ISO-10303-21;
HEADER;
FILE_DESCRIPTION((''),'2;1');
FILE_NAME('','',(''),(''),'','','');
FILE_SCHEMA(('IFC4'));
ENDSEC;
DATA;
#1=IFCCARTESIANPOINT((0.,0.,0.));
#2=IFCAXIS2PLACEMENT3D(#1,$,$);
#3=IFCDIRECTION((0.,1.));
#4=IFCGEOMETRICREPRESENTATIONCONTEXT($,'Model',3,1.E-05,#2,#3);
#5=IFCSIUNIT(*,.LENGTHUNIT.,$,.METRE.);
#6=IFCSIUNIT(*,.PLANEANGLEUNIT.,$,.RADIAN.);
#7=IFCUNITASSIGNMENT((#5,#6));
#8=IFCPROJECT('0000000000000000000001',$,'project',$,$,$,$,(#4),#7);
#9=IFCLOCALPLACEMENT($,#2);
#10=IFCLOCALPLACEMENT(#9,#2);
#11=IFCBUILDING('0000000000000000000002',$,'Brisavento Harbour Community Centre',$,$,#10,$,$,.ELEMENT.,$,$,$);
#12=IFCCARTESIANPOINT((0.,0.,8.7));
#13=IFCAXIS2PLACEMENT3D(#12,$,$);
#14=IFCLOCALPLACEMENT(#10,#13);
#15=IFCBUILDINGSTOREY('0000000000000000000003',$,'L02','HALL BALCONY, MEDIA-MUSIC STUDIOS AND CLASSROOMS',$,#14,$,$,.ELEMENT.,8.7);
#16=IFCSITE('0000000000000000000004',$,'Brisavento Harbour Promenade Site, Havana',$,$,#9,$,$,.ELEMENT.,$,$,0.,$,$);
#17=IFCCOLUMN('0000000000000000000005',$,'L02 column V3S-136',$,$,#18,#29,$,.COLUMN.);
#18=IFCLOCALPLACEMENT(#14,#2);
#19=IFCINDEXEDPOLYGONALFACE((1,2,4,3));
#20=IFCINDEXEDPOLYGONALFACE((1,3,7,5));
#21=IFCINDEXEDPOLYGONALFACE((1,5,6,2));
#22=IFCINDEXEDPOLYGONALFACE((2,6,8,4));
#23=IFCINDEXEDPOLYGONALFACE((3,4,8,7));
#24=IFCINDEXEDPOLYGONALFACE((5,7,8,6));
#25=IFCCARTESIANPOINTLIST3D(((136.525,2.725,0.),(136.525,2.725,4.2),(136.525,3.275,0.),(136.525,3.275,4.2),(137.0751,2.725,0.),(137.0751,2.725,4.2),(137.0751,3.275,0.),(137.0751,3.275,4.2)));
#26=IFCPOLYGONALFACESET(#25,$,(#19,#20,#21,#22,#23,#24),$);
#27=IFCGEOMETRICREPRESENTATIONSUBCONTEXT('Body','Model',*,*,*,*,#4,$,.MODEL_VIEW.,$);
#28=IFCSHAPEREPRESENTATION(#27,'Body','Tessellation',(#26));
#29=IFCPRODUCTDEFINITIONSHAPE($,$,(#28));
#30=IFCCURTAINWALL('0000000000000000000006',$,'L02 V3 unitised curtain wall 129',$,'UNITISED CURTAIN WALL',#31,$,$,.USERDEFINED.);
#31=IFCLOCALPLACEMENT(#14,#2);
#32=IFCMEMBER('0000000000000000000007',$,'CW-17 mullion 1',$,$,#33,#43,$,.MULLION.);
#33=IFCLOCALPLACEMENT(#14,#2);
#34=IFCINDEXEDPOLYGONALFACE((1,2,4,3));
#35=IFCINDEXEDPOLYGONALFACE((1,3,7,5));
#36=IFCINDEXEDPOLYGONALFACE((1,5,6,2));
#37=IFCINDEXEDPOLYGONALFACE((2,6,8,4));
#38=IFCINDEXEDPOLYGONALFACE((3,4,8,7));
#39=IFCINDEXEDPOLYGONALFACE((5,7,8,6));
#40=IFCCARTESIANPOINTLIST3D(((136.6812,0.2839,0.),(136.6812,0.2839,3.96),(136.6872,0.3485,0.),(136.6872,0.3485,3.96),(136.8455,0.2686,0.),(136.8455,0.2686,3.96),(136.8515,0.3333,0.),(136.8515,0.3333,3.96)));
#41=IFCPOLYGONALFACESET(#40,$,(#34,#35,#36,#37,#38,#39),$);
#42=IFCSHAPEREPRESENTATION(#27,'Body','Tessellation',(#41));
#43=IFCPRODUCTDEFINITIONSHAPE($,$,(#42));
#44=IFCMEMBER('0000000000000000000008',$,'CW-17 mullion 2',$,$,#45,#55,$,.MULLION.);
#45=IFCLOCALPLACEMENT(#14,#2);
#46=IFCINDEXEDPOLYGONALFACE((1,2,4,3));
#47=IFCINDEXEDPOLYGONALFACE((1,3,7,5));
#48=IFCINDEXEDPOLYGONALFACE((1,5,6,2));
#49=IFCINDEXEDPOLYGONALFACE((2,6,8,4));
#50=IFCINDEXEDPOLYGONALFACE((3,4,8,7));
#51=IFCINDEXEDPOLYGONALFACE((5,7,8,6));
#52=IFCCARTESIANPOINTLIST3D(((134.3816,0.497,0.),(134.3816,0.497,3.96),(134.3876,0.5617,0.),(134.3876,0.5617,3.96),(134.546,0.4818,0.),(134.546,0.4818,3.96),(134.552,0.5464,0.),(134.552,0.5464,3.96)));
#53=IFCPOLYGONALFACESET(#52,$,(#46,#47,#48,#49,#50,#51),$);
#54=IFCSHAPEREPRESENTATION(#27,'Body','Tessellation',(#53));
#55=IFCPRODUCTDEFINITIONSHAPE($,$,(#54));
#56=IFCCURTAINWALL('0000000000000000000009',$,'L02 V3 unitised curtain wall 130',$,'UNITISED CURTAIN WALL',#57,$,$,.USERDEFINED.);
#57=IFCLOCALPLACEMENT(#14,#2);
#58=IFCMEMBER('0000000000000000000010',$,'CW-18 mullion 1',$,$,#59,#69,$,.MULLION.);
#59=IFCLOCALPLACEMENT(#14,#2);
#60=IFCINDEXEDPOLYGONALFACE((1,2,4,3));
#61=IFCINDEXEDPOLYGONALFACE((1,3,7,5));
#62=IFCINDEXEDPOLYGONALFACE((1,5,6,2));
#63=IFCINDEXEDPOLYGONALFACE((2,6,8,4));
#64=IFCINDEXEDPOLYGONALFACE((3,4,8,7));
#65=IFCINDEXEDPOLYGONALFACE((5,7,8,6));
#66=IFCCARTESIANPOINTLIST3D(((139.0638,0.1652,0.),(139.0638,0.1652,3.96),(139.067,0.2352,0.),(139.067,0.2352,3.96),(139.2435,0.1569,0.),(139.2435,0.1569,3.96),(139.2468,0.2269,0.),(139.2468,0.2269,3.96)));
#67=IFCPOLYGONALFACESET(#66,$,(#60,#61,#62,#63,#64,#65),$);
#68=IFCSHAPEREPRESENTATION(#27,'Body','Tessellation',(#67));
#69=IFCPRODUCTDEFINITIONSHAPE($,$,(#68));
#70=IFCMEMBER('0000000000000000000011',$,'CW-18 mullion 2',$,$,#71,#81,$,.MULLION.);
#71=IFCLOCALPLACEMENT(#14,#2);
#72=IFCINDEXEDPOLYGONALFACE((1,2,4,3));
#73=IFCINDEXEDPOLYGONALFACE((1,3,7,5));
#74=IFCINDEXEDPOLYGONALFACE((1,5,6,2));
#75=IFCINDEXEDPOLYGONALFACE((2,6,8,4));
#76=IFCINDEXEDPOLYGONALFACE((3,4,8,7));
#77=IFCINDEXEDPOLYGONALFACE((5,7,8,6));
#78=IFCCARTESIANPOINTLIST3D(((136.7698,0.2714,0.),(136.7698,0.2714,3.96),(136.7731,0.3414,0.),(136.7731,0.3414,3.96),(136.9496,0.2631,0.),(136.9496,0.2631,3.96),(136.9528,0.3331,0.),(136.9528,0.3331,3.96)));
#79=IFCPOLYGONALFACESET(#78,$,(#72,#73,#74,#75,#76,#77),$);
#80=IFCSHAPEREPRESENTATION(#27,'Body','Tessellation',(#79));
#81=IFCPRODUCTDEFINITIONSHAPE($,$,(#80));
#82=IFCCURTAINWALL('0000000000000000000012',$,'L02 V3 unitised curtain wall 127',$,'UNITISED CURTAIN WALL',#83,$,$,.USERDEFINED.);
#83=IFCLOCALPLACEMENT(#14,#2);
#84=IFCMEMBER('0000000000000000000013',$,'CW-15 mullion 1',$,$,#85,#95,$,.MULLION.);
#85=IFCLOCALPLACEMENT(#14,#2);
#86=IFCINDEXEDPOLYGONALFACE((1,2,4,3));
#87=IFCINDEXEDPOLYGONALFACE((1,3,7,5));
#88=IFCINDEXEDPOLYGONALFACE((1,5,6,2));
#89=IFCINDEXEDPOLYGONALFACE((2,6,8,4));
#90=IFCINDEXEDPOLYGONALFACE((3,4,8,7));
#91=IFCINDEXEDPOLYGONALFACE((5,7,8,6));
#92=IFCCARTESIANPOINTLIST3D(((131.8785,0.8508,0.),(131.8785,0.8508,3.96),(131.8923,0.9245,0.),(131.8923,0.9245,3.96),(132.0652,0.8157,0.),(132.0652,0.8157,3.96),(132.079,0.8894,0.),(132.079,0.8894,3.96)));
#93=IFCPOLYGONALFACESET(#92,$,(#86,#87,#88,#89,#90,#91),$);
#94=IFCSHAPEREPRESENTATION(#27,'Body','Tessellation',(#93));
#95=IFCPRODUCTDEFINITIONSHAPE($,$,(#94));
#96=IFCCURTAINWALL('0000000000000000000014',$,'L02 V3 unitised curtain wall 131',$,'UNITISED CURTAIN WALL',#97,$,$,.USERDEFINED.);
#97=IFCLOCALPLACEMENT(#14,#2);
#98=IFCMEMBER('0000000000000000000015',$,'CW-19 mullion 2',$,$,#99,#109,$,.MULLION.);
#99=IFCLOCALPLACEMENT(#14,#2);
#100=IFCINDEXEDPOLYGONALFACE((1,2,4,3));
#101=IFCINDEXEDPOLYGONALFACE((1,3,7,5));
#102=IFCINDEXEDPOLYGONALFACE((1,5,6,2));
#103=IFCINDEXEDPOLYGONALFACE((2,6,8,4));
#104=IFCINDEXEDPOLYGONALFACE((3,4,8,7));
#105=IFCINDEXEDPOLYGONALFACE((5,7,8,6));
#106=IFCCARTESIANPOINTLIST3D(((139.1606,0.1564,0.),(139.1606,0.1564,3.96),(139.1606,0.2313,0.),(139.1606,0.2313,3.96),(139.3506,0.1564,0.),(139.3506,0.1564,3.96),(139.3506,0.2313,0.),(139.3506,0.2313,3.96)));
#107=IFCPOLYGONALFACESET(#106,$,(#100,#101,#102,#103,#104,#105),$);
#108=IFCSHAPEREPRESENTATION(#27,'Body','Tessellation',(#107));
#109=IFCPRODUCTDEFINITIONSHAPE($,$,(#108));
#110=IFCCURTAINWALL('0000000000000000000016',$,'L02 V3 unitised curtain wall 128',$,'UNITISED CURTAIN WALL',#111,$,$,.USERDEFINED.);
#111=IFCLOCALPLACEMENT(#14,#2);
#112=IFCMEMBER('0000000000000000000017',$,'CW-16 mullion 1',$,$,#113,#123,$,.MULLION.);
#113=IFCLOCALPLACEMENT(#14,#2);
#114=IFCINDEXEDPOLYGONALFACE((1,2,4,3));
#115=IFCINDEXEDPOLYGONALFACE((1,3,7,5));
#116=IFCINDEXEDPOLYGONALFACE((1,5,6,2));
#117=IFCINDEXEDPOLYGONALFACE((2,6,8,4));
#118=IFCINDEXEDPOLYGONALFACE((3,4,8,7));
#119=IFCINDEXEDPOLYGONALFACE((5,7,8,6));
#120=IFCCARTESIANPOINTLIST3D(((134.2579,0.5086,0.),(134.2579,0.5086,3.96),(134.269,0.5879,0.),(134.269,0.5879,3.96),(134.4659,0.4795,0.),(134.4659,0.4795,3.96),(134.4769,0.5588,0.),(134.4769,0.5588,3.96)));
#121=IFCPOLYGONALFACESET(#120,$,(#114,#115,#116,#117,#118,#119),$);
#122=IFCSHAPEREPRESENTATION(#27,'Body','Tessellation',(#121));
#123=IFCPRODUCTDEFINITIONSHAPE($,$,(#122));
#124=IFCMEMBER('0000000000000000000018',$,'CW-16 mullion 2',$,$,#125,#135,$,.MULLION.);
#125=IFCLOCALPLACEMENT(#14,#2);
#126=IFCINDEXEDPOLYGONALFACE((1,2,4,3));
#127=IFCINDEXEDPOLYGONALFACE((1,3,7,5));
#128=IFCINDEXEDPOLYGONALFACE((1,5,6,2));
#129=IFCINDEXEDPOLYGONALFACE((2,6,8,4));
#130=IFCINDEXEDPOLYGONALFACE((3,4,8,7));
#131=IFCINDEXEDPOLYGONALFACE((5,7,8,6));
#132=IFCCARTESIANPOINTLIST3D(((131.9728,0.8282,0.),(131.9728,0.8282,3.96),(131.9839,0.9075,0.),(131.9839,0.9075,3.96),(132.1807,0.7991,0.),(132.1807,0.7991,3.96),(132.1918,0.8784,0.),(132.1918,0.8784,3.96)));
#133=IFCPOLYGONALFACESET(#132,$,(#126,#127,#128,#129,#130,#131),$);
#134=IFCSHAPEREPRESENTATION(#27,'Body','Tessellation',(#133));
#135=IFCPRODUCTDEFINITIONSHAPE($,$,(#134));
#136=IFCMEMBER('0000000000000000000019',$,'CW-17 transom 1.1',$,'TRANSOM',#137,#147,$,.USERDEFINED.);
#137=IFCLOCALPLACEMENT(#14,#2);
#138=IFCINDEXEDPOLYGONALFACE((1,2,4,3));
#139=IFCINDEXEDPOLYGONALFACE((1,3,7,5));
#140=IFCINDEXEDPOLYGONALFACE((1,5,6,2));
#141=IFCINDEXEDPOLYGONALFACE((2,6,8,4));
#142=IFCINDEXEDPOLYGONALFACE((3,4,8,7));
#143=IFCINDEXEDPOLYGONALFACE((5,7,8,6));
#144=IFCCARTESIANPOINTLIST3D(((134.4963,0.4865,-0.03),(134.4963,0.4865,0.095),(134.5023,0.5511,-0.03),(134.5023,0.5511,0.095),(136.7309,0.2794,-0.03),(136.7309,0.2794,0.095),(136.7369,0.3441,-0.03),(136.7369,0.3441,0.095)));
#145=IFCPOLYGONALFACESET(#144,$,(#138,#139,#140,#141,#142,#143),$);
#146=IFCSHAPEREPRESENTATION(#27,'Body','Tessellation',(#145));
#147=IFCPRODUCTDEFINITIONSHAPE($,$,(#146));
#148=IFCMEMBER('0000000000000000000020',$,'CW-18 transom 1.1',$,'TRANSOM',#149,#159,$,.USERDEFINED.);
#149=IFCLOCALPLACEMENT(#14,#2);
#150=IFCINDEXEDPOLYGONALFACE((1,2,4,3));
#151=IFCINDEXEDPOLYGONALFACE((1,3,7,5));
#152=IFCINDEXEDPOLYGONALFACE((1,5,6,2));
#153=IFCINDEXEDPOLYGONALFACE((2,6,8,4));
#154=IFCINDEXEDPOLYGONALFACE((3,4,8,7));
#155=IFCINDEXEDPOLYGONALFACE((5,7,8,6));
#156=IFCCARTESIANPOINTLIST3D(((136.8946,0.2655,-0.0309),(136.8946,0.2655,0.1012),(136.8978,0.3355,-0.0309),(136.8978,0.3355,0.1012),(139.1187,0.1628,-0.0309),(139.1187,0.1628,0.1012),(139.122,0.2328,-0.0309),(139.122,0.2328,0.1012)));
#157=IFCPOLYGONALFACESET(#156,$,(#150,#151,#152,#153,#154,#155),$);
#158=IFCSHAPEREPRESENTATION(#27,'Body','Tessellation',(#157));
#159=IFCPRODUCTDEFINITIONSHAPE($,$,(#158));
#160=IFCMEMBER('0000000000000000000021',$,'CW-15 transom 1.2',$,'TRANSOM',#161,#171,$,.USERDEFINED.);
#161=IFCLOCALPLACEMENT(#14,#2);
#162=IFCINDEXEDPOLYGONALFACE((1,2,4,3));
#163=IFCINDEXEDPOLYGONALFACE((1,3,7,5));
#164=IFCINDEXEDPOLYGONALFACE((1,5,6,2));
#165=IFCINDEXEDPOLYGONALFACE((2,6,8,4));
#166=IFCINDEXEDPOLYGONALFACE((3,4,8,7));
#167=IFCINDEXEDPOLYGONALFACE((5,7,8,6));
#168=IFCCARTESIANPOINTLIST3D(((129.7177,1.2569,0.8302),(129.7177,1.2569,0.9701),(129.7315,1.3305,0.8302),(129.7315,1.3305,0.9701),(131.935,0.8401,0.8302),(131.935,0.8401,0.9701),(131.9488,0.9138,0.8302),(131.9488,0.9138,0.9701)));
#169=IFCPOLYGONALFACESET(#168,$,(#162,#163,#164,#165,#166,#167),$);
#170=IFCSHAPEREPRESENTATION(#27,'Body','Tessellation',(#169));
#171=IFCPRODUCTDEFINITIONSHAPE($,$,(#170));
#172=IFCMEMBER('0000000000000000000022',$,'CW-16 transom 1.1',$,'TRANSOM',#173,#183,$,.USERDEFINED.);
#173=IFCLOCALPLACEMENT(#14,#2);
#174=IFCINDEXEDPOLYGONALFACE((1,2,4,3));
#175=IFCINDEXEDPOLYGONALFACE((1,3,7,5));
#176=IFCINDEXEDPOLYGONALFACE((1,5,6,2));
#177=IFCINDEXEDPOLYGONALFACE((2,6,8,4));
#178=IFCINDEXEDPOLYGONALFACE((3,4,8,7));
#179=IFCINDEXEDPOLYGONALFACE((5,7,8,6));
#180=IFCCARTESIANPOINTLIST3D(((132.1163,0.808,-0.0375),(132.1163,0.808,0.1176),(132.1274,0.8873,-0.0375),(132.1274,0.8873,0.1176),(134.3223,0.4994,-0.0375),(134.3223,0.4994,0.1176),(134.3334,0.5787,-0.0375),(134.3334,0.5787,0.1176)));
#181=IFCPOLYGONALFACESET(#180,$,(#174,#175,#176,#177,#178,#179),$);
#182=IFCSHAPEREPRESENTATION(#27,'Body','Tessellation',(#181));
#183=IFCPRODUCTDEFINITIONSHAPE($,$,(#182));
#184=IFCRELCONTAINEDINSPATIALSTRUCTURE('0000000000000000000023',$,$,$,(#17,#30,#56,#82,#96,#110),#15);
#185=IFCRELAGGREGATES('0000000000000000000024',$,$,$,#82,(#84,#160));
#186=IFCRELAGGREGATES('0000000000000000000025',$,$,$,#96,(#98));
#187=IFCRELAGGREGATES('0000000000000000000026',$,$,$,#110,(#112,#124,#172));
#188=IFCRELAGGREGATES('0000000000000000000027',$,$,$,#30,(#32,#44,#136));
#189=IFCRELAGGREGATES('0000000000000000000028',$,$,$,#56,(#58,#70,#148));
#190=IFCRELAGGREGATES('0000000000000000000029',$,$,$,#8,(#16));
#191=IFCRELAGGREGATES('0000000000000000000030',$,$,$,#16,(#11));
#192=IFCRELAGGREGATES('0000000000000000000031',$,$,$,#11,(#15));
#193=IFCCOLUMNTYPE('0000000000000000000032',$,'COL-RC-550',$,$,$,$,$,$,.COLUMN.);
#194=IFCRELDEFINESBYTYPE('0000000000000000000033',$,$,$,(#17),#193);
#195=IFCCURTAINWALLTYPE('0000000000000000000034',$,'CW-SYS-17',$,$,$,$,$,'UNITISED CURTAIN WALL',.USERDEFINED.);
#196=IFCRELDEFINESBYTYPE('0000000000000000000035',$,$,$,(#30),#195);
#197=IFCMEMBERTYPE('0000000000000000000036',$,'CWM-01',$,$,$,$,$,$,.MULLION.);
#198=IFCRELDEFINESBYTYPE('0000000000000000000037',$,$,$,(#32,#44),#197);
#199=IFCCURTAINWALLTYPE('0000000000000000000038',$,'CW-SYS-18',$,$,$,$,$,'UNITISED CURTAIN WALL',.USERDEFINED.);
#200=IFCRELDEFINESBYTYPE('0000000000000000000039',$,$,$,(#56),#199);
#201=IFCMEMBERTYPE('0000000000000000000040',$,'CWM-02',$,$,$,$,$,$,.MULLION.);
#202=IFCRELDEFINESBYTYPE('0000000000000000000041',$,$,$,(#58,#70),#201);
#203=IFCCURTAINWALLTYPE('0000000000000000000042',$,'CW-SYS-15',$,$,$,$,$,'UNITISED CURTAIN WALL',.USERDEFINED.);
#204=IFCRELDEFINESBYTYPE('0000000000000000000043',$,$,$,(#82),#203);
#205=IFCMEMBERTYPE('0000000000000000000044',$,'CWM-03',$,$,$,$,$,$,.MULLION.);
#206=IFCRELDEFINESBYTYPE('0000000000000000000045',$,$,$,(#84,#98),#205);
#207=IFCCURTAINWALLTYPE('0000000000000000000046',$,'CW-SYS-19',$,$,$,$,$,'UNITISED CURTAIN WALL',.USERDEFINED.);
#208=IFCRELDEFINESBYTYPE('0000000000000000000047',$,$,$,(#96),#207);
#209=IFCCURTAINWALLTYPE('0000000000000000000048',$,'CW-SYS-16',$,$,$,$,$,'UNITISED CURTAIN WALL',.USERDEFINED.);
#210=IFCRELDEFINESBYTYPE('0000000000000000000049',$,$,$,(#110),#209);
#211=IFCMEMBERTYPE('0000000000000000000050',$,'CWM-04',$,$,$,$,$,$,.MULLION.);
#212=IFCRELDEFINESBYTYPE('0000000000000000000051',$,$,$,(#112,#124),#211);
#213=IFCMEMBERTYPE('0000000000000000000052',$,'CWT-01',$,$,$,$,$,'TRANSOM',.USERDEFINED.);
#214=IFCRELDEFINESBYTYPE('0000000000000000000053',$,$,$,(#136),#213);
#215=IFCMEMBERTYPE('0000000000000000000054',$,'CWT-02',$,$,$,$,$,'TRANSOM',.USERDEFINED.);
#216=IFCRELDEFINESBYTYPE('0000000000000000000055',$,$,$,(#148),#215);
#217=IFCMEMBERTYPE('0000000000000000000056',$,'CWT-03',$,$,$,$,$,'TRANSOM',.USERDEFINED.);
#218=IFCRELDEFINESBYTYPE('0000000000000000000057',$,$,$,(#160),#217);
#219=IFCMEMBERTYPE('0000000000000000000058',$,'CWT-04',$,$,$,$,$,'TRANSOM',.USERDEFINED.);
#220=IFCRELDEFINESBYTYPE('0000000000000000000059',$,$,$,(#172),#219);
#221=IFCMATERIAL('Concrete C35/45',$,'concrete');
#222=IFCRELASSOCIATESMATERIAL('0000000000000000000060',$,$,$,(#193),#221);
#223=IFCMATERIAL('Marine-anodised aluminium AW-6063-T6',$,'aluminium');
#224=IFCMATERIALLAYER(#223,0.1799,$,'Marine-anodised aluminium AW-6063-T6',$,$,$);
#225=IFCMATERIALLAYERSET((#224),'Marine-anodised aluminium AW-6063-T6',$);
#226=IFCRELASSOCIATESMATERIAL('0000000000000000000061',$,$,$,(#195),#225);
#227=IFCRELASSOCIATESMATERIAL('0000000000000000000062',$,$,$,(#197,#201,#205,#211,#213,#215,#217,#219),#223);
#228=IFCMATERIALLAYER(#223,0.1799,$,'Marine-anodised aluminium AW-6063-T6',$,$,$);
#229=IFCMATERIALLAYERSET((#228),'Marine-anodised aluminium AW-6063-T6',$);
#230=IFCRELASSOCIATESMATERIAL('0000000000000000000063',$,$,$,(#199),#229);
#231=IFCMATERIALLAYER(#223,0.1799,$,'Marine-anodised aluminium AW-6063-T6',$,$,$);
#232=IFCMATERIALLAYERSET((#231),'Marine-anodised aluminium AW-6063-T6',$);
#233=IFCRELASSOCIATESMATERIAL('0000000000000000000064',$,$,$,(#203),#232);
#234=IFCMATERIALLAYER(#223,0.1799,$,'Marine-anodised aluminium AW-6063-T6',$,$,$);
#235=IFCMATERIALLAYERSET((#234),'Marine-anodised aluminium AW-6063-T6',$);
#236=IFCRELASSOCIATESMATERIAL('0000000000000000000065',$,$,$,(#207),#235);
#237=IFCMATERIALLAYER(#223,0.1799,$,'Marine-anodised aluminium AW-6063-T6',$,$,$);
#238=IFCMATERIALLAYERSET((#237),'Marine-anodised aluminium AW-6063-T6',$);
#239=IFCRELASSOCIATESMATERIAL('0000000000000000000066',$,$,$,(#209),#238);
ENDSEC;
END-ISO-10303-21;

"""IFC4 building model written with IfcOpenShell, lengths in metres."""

from ifc_helpers import new_model, si_unit, direction, frame, origin, origin_2d, place, context, subcontext, project, spatial, rectangle, extrude, material, layer, layer_set, material_profile, profile_set, type_object, element, aggregate, save


model = new_model("IFC4")

# Units and contexts
model_context = context("Model", 3, precision=1e-05, world=origin(), true_north=direction((0.0, 1.0)))
body_context = subcontext(model_context, "Body", "Model", "MODEL_VIEW")
ifc_project = project(units=[si_unit("LENGTHUNIT", "METRE"), si_unit("PLANEANGLEUNIT", "RADIAN")], contexts=[model_context])

# Site, building, storey
site_placement = place(None, origin())
site = spatial("IfcSite", under=ifc_project, at=site_placement, Name="Brisavento Harbour Promenade Site, Havana", CompositionType="ELEMENT", RefElevation=0.0)
building_placement = place(site_placement, origin())
building = spatial("IfcBuilding", under=site, at=building_placement, Name="Brisavento Harbour Community Centre", CompositionType="ELEMENT")
storey_placement = place(building_placement, frame((0.0, 0.0, 8.7)))
storey = spatial("IfcBuildingStorey", under=building, at=storey_placement, Name="L02", Description="HALL BALCONY, MEDIA-MUSIC STUDIOS AND CLASSROOMS", CompositionType="ELEMENT", Elevation=8.7)

# Column
ifc_material_1 = material(Name="Concrete C35/45", Category="concrete")
ifc_material_profile_1 = material_profile(ifc_material_1, rectangle(XDim=0.55, YDim=0.55, at=origin_2d()), Name="Concrete C35/45")
ifc_profile_set_1 = profile_set([ifc_material_profile_1], Name="Concrete C35/45")
column_type = type_object("IfcColumnType", Name="COL-RC-550", PredefinedType="COLUMN", material=ifc_profile_set_1)
column_placement = place(storey_placement, frame((136.8, 3.0, 0.0), z_axis=(0.0, 0.0, 1.0), x_axis=(1.0, 0.0, 0.0)))
element("IfcColumn", 1, at=column_placement, inside=storey, type_object=column_type, Name="L02 column V3S-136", PredefinedType="COLUMN", context=body_context, shape_type="SweptSolid", body=[
    extrude(rectangle(XDim=0.55, YDim=0.55, at=origin_2d()), origin(), (0.0, 0.0, 1.0), 4.2),
])

# Curtain walls, members
ifc_material_2 = material(Name="Marine-anodised aluminium AW-6063-T6", Category="aluminium")
ifc_layer_1 = layer(ifc_material_2, 0.1799, Name="Marine-anodised aluminium AW-6063-T6")
ifc_layer_set_1 = layer_set([ifc_layer_1], Name="Marine-anodised aluminium AW-6063-T6")
curtain_wall_type_1 = type_object("IfcCurtainWallType", Name="CW-SYS-17", ElementType="UNITISED CURTAIN WALL", PredefinedType="USERDEFINED", material=ifc_layer_set_1)
curtain_wall_1_placement = place(storey_placement, origin())
curtain_wall_1 = element("IfcCurtainWall", 2, at=curtain_wall_1_placement, inside=storey, type_object=curtain_wall_type_1, Name="L02 V3 unitised curtain wall 129", ObjectType="UNITISED CURTAIN WALL", PredefinedType="USERDEFINED")
ifc_material_profile_2 = material_profile(ifc_material_2, rectangle(XDim=0.0649, YDim=0.165, at=origin_2d()), Name="Marine-anodised aluminium AW-6063-T6")
ifc_profile_set_2 = profile_set([ifc_material_profile_2], Name="Marine-anodised aluminium AW-6063-T6")
member_type_1 = type_object("IfcMemberType", Name="CWM-01", PredefinedType="MULLION", material=ifc_profile_set_2)
member_1_placement = place(storey_placement, frame((136.7664, 0.3086, 0.0), z_axis=(0.0, 0.0, 1.0), x_axis=(-0.092279, -0.995733, 0.0)))
member_1 = element("IfcMember", 3, at=member_1_placement, type_object=member_type_1, Name="CW-17 mullion 1", PredefinedType="MULLION", context=body_context, shape_type="SweptSolid", body=[
    extrude(rectangle(XDim=0.0649, YDim=0.165, at=origin_2d()), origin(), (0.0, 0.0, 1.0), 3.96),
])
member_2_placement = place(storey_placement, frame((134.4668, 0.5217, 0.0), z_axis=(0.0, 0.0, 1.0), x_axis=(-0.092279, -0.995733, 0.0)))
member_2 = element("IfcMember", 4, at=member_2_placement, type_object=member_type_1, Name="CW-17 mullion 2", PredefinedType="MULLION", context=body_context, shape_type="SweptSolid", body=[
    extrude(rectangle(XDim=0.0649, YDim=0.165, at=origin_2d()), origin(), (0.0, 0.0, 1.0), 3.96),
])
ifc_layer_2 = layer(ifc_material_2, 0.1799, Name="Marine-anodised aluminium AW-6063-T6")
ifc_layer_set_2 = layer_set([ifc_layer_2], Name="Marine-anodised aluminium AW-6063-T6")
curtain_wall_type_2 = type_object("IfcCurtainWallType", Name="CW-SYS-18", ElementType="UNITISED CURTAIN WALL", PredefinedType="USERDEFINED", material=ifc_layer_set_2)
curtain_wall_2_placement = place(storey_placement, origin())
curtain_wall_2 = element("IfcCurtainWall", 5, at=curtain_wall_2_placement, inside=storey, type_object=curtain_wall_type_2, Name="L02 V3 unitised curtain wall 130", ObjectType="UNITISED CURTAIN WALL", PredefinedType="USERDEFINED")
ifc_material_profile_3 = material_profile(ifc_material_2, rectangle(XDim=0.0701, YDim=0.1799, at=origin_2d()), Name="Marine-anodised aluminium AW-6063-T6")
ifc_profile_set_3 = profile_set([ifc_material_profile_3], Name="Marine-anodised aluminium AW-6063-T6")
member_type_2 = type_object("IfcMemberType", Name="CWM-02", PredefinedType="MULLION", material=ifc_profile_set_3)
member_3_placement = place(storey_placement, frame((139.1553, 0.196, 0.0), z_axis=(0.0, 0.0, 1.0), x_axis=(-0.046186, -0.998933, 0.0)))
member_3 = element("IfcMember", 6, at=member_3_placement, type_object=member_type_2, Name="CW-18 mullion 1", PredefinedType="MULLION", context=body_context, shape_type="SweptSolid", body=[
    extrude(rectangle(XDim=0.0701, YDim=0.1799, at=origin_2d()), origin(), (0.0, 0.0, 1.0), 3.96),
])
member_4_placement = place(storey_placement, frame((136.8613, 0.3022, 0.0), z_axis=(0.0, 0.0, 1.0), x_axis=(-0.046186, -0.998933, 0.0)))
member_4 = element("IfcMember", 7, at=member_4_placement, type_object=member_type_2, Name="CW-18 mullion 2", PredefinedType="MULLION", context=body_context, shape_type="SweptSolid", body=[
    extrude(rectangle(XDim=0.0701, YDim=0.1799, at=origin_2d()), origin(), (0.0, 0.0, 1.0), 3.96),
])

# Curtain walls, members
ifc_layer_3 = layer(ifc_material_2, 0.1799, Name="Marine-anodised aluminium AW-6063-T6")
ifc_layer_set_3 = layer_set([ifc_layer_3], Name="Marine-anodised aluminium AW-6063-T6")
curtain_wall_type_3 = type_object("IfcCurtainWallType", Name="CW-SYS-15", ElementType="UNITISED CURTAIN WALL", PredefinedType="USERDEFINED", material=ifc_layer_set_3)
curtain_wall_3_placement = place(storey_placement, origin())
curtain_wall_3 = element("IfcCurtainWall", 8, at=curtain_wall_3_placement, inside=storey, type_object=curtain_wall_type_3, Name="L02 V3 unitised curtain wall 127", ObjectType="UNITISED CURTAIN WALL", PredefinedType="USERDEFINED")
ifc_material_profile_4 = material_profile(ifc_material_2, rectangle(XDim=0.075, YDim=0.1899, at=origin_2d()), Name="Marine-anodised aluminium AW-6063-T6")
ifc_profile_set_4 = profile_set([ifc_material_profile_4], Name="Marine-anodised aluminium AW-6063-T6")
member_type_3 = type_object("IfcMemberType", Name="CWM-03", PredefinedType="MULLION", material=ifc_profile_set_4)
member_5_placement = place(storey_placement, frame((131.9788, 0.8701, 0.0), z_axis=(0.0, 0.0, 1.0), x_axis=(-0.184665, -0.982802, 0.0)))
member_5 = element("IfcMember", 9, at=member_5_placement, type_object=member_type_3, Name="CW-15 mullion 1", PredefinedType="MULLION", context=body_context, shape_type="SweptSolid", body=[
    extrude(rectangle(XDim=0.075, YDim=0.1899, at=origin_2d()), origin(), (0.0, 0.0, 1.0), 3.96),
])
ifc_layer_4 = layer(ifc_material_2, 0.1799, Name="Marine-anodised aluminium AW-6063-T6")
ifc_layer_set_4 = layer_set([ifc_layer_4], Name="Marine-anodised aluminium AW-6063-T6")
curtain_wall_type_4 = type_object("IfcCurtainWallType", Name="CW-SYS-19", ElementType="UNITISED CURTAIN WALL", PredefinedType="USERDEFINED", material=ifc_layer_set_4)
curtain_wall_4_placement = place(storey_placement, origin())
curtain_wall_4 = element("IfcCurtainWall", 10, at=curtain_wall_4_placement, inside=storey, type_object=curtain_wall_type_4, Name="L02 V3 unitised curtain wall 131", ObjectType="UNITISED CURTAIN WALL", PredefinedType="USERDEFINED")
member_6_placement = place(storey_placement, frame((139.2556, 0.1938, 0.0), z_axis=(0.0, 0.0, 1.0), x_axis=(0.0, -1.0, 0.0)))
member_6 = element("IfcMember", 11, at=member_6_placement, type_object=member_type_3, Name="CW-19 mullion 2", PredefinedType="MULLION", context=body_context, shape_type="SweptSolid", body=[
    extrude(rectangle(XDim=0.075, YDim=0.1899, at=origin_2d()), origin(), (0.0, 0.0, 1.0), 3.96),
])

# Curtain wall, members
ifc_layer_5 = layer(ifc_material_2, 0.1799, Name="Marine-anodised aluminium AW-6063-T6")
ifc_layer_set_5 = layer_set([ifc_layer_5], Name="Marine-anodised aluminium AW-6063-T6")
curtain_wall_type_5 = type_object("IfcCurtainWallType", Name="CW-SYS-16", ElementType="UNITISED CURTAIN WALL", PredefinedType="USERDEFINED", material=ifc_layer_set_5)
curtain_wall_5_placement = place(storey_placement, origin())
curtain_wall_5 = element("IfcCurtainWall", 12, at=curtain_wall_5_placement, inside=storey, type_object=curtain_wall_type_5, Name="L02 V3 unitised curtain wall 128", ObjectType="UNITISED CURTAIN WALL", PredefinedType="USERDEFINED")
ifc_material_profile_5 = material_profile(ifc_material_2, rectangle(XDim=0.0801, YDim=0.21, at=origin_2d()), Name="Marine-anodised aluminium AW-6063-T6")
ifc_profile_set_5 = profile_set([ifc_material_profile_5], Name="Marine-anodised aluminium AW-6063-T6")
member_type_4 = type_object("IfcMemberType", Name="CWM-04", PredefinedType="MULLION", material=ifc_profile_set_5)
member_7_placement = place(storey_placement, frame((134.3674, 0.5337, 0.0), z_axis=(0.0, 0.0, 1.0), x_axis=(-0.138477, -0.990366, 0.0)))
member_7 = element("IfcMember", 13, at=member_7_placement, type_object=member_type_4, Name="CW-16 mullion 1", PredefinedType="MULLION", context=body_context, shape_type="SweptSolid", body=[
    extrude(rectangle(XDim=0.0801, YDim=0.21, at=origin_2d()), origin(), (0.0, 0.0, 1.0), 3.96),
])
member_8_placement = place(storey_placement, frame((132.0823, 0.8533, 0.0), z_axis=(0.0, 0.0, 1.0), x_axis=(-0.138477, -0.990366, 0.0)))
member_8 = element("IfcMember", 14, at=member_8_placement, type_object=member_type_4, Name="CW-16 mullion 2", PredefinedType="MULLION", context=body_context, shape_type="SweptSolid", body=[
    extrude(rectangle(XDim=0.0801, YDim=0.21, at=origin_2d()), origin(), (0.0, 0.0, 1.0), 3.96),
])

# Members
ifc_material_profile_6 = material_profile(ifc_material_2, rectangle(XDim=0.0649, YDim=0.125, at=origin_2d()), Name="Marine-anodised aluminium AW-6063-T6")
ifc_profile_set_6 = profile_set([ifc_material_profile_6], Name="Marine-anodised aluminium AW-6063-T6")
member_type_5 = type_object("IfcMemberType", Name="CWT-01", ElementType="TRANSOM", PredefinedType="USERDEFINED", material=ifc_profile_set_6)
member_9_placement = place(storey_placement, frame((136.7339, 0.3118, 0.0325), z_axis=(-0.995736, 0.092252, 0.0), x_axis=(-0.092252, -0.995736, 0.0)))
member_9 = element("IfcMember", 15, at=member_9_placement, type_object=member_type_5, Name="CW-17 transom 1.1", ObjectType="TRANSOM", PredefinedType="USERDEFINED", context=body_context, shape_type="SweptSolid", body=[
    extrude(rectangle(XDim=0.0649, YDim=0.125, at=origin_2d()), origin(), (0.0, 0.0, 1.0), 2.2441),
])
ifc_material_profile_7 = material_profile(ifc_material_2, rectangle(XDim=0.0701, YDim=0.1321, at=origin_2d()), Name="Marine-anodised aluminium AW-6063-T6")
ifc_profile_set_7 = profile_set([ifc_material_profile_7], Name="Marine-anodised aluminium AW-6063-T6")
member_type_6 = type_object("IfcMemberType", Name="CWT-02", ElementType="TRANSOM", PredefinedType="USERDEFINED", material=ifc_profile_set_7)
member_10_placement = place(storey_placement, frame((139.1204, 0.1978, 0.0352), z_axis=(-0.998934, 0.046164, 0.0), x_axis=(-0.046164, -0.998934, 0.0)))
member_10 = element("IfcMember", 16, at=member_10_placement, type_object=member_type_6, Name="CW-18 transom 1.1", ObjectType="TRANSOM", PredefinedType="USERDEFINED", context=body_context, shape_type="SweptSolid", body=[
    extrude(rectangle(XDim=0.0701, YDim=0.1321, at=origin_2d()), origin(), (0.0, 0.0, 1.0), 2.2266),
])
ifc_material_profile_8 = material_profile(ifc_material_2, rectangle(XDim=0.075, YDim=0.1399, at=origin_2d()), Name="Marine-anodised aluminium AW-6063-T6")
ifc_profile_set_8 = profile_set([ifc_material_profile_8], Name="Marine-anodised aluminium AW-6063-T6")
member_type_7 = type_object("IfcMemberType", Name="CWT-03", ElementType="TRANSOM", PredefinedType="USERDEFINED", material=ifc_profile_set_8)
member_11_placement = place(storey_placement, frame((131.9419, 0.877, 0.9001), z_axis=(-0.982791, 0.18472, 0.0), x_axis=(-0.18472, -0.982791, 0.0)))
member_11 = element("IfcMember", 17, at=member_11_placement, type_object=member_type_7, Name="CW-15 transom 1.2", ObjectType="TRANSOM", PredefinedType="USERDEFINED", context=body_context, shape_type="SweptSolid", body=[
    extrude(rectangle(XDim=0.075, YDim=0.1399, at=origin_2d()), origin(), (0.0, 0.0, 1.0), 2.2561),
])
aggregate(curtain_wall_3, [member_5, member_11])
ifc_material_profile_9 = material_profile(ifc_material_2, rectangle(XDim=0.0801, YDim=0.155, at=origin_2d()), Name="Marine-anodised aluminium AW-6063-T6")
ifc_profile_set_9 = profile_set([ifc_material_profile_9], Name="Marine-anodised aluminium AW-6063-T6")
member_type_8 = type_object("IfcMemberType", Name="CWT-04", ElementType="TRANSOM", PredefinedType="USERDEFINED", material=ifc_profile_set_9)
member_12_placement = place(storey_placement, frame((134.3279, 0.5391, 0.04), z_axis=(-0.990357, 0.138536, 0.0), x_axis=(-0.138536, -0.990357, 0.0)))
member_12 = element("IfcMember", 18, at=member_12_placement, type_object=member_type_8, Name="CW-16 transom 1.1", ObjectType="TRANSOM", PredefinedType="USERDEFINED", context=body_context, shape_type="SweptSolid", body=[
    extrude(rectangle(XDim=0.0801, YDim=0.155, at=origin_2d()), origin(), (0.0, 0.0, 1.0), 2.2275),
])

aggregate(curtain_wall_4, [member_6])
aggregate(curtain_wall_5, [member_7, member_8, member_12])
aggregate(curtain_wall_1, [member_1, member_2, member_9])
aggregate(curtain_wall_2, [member_3, member_4, member_10])

save(model, "model.ifc")
